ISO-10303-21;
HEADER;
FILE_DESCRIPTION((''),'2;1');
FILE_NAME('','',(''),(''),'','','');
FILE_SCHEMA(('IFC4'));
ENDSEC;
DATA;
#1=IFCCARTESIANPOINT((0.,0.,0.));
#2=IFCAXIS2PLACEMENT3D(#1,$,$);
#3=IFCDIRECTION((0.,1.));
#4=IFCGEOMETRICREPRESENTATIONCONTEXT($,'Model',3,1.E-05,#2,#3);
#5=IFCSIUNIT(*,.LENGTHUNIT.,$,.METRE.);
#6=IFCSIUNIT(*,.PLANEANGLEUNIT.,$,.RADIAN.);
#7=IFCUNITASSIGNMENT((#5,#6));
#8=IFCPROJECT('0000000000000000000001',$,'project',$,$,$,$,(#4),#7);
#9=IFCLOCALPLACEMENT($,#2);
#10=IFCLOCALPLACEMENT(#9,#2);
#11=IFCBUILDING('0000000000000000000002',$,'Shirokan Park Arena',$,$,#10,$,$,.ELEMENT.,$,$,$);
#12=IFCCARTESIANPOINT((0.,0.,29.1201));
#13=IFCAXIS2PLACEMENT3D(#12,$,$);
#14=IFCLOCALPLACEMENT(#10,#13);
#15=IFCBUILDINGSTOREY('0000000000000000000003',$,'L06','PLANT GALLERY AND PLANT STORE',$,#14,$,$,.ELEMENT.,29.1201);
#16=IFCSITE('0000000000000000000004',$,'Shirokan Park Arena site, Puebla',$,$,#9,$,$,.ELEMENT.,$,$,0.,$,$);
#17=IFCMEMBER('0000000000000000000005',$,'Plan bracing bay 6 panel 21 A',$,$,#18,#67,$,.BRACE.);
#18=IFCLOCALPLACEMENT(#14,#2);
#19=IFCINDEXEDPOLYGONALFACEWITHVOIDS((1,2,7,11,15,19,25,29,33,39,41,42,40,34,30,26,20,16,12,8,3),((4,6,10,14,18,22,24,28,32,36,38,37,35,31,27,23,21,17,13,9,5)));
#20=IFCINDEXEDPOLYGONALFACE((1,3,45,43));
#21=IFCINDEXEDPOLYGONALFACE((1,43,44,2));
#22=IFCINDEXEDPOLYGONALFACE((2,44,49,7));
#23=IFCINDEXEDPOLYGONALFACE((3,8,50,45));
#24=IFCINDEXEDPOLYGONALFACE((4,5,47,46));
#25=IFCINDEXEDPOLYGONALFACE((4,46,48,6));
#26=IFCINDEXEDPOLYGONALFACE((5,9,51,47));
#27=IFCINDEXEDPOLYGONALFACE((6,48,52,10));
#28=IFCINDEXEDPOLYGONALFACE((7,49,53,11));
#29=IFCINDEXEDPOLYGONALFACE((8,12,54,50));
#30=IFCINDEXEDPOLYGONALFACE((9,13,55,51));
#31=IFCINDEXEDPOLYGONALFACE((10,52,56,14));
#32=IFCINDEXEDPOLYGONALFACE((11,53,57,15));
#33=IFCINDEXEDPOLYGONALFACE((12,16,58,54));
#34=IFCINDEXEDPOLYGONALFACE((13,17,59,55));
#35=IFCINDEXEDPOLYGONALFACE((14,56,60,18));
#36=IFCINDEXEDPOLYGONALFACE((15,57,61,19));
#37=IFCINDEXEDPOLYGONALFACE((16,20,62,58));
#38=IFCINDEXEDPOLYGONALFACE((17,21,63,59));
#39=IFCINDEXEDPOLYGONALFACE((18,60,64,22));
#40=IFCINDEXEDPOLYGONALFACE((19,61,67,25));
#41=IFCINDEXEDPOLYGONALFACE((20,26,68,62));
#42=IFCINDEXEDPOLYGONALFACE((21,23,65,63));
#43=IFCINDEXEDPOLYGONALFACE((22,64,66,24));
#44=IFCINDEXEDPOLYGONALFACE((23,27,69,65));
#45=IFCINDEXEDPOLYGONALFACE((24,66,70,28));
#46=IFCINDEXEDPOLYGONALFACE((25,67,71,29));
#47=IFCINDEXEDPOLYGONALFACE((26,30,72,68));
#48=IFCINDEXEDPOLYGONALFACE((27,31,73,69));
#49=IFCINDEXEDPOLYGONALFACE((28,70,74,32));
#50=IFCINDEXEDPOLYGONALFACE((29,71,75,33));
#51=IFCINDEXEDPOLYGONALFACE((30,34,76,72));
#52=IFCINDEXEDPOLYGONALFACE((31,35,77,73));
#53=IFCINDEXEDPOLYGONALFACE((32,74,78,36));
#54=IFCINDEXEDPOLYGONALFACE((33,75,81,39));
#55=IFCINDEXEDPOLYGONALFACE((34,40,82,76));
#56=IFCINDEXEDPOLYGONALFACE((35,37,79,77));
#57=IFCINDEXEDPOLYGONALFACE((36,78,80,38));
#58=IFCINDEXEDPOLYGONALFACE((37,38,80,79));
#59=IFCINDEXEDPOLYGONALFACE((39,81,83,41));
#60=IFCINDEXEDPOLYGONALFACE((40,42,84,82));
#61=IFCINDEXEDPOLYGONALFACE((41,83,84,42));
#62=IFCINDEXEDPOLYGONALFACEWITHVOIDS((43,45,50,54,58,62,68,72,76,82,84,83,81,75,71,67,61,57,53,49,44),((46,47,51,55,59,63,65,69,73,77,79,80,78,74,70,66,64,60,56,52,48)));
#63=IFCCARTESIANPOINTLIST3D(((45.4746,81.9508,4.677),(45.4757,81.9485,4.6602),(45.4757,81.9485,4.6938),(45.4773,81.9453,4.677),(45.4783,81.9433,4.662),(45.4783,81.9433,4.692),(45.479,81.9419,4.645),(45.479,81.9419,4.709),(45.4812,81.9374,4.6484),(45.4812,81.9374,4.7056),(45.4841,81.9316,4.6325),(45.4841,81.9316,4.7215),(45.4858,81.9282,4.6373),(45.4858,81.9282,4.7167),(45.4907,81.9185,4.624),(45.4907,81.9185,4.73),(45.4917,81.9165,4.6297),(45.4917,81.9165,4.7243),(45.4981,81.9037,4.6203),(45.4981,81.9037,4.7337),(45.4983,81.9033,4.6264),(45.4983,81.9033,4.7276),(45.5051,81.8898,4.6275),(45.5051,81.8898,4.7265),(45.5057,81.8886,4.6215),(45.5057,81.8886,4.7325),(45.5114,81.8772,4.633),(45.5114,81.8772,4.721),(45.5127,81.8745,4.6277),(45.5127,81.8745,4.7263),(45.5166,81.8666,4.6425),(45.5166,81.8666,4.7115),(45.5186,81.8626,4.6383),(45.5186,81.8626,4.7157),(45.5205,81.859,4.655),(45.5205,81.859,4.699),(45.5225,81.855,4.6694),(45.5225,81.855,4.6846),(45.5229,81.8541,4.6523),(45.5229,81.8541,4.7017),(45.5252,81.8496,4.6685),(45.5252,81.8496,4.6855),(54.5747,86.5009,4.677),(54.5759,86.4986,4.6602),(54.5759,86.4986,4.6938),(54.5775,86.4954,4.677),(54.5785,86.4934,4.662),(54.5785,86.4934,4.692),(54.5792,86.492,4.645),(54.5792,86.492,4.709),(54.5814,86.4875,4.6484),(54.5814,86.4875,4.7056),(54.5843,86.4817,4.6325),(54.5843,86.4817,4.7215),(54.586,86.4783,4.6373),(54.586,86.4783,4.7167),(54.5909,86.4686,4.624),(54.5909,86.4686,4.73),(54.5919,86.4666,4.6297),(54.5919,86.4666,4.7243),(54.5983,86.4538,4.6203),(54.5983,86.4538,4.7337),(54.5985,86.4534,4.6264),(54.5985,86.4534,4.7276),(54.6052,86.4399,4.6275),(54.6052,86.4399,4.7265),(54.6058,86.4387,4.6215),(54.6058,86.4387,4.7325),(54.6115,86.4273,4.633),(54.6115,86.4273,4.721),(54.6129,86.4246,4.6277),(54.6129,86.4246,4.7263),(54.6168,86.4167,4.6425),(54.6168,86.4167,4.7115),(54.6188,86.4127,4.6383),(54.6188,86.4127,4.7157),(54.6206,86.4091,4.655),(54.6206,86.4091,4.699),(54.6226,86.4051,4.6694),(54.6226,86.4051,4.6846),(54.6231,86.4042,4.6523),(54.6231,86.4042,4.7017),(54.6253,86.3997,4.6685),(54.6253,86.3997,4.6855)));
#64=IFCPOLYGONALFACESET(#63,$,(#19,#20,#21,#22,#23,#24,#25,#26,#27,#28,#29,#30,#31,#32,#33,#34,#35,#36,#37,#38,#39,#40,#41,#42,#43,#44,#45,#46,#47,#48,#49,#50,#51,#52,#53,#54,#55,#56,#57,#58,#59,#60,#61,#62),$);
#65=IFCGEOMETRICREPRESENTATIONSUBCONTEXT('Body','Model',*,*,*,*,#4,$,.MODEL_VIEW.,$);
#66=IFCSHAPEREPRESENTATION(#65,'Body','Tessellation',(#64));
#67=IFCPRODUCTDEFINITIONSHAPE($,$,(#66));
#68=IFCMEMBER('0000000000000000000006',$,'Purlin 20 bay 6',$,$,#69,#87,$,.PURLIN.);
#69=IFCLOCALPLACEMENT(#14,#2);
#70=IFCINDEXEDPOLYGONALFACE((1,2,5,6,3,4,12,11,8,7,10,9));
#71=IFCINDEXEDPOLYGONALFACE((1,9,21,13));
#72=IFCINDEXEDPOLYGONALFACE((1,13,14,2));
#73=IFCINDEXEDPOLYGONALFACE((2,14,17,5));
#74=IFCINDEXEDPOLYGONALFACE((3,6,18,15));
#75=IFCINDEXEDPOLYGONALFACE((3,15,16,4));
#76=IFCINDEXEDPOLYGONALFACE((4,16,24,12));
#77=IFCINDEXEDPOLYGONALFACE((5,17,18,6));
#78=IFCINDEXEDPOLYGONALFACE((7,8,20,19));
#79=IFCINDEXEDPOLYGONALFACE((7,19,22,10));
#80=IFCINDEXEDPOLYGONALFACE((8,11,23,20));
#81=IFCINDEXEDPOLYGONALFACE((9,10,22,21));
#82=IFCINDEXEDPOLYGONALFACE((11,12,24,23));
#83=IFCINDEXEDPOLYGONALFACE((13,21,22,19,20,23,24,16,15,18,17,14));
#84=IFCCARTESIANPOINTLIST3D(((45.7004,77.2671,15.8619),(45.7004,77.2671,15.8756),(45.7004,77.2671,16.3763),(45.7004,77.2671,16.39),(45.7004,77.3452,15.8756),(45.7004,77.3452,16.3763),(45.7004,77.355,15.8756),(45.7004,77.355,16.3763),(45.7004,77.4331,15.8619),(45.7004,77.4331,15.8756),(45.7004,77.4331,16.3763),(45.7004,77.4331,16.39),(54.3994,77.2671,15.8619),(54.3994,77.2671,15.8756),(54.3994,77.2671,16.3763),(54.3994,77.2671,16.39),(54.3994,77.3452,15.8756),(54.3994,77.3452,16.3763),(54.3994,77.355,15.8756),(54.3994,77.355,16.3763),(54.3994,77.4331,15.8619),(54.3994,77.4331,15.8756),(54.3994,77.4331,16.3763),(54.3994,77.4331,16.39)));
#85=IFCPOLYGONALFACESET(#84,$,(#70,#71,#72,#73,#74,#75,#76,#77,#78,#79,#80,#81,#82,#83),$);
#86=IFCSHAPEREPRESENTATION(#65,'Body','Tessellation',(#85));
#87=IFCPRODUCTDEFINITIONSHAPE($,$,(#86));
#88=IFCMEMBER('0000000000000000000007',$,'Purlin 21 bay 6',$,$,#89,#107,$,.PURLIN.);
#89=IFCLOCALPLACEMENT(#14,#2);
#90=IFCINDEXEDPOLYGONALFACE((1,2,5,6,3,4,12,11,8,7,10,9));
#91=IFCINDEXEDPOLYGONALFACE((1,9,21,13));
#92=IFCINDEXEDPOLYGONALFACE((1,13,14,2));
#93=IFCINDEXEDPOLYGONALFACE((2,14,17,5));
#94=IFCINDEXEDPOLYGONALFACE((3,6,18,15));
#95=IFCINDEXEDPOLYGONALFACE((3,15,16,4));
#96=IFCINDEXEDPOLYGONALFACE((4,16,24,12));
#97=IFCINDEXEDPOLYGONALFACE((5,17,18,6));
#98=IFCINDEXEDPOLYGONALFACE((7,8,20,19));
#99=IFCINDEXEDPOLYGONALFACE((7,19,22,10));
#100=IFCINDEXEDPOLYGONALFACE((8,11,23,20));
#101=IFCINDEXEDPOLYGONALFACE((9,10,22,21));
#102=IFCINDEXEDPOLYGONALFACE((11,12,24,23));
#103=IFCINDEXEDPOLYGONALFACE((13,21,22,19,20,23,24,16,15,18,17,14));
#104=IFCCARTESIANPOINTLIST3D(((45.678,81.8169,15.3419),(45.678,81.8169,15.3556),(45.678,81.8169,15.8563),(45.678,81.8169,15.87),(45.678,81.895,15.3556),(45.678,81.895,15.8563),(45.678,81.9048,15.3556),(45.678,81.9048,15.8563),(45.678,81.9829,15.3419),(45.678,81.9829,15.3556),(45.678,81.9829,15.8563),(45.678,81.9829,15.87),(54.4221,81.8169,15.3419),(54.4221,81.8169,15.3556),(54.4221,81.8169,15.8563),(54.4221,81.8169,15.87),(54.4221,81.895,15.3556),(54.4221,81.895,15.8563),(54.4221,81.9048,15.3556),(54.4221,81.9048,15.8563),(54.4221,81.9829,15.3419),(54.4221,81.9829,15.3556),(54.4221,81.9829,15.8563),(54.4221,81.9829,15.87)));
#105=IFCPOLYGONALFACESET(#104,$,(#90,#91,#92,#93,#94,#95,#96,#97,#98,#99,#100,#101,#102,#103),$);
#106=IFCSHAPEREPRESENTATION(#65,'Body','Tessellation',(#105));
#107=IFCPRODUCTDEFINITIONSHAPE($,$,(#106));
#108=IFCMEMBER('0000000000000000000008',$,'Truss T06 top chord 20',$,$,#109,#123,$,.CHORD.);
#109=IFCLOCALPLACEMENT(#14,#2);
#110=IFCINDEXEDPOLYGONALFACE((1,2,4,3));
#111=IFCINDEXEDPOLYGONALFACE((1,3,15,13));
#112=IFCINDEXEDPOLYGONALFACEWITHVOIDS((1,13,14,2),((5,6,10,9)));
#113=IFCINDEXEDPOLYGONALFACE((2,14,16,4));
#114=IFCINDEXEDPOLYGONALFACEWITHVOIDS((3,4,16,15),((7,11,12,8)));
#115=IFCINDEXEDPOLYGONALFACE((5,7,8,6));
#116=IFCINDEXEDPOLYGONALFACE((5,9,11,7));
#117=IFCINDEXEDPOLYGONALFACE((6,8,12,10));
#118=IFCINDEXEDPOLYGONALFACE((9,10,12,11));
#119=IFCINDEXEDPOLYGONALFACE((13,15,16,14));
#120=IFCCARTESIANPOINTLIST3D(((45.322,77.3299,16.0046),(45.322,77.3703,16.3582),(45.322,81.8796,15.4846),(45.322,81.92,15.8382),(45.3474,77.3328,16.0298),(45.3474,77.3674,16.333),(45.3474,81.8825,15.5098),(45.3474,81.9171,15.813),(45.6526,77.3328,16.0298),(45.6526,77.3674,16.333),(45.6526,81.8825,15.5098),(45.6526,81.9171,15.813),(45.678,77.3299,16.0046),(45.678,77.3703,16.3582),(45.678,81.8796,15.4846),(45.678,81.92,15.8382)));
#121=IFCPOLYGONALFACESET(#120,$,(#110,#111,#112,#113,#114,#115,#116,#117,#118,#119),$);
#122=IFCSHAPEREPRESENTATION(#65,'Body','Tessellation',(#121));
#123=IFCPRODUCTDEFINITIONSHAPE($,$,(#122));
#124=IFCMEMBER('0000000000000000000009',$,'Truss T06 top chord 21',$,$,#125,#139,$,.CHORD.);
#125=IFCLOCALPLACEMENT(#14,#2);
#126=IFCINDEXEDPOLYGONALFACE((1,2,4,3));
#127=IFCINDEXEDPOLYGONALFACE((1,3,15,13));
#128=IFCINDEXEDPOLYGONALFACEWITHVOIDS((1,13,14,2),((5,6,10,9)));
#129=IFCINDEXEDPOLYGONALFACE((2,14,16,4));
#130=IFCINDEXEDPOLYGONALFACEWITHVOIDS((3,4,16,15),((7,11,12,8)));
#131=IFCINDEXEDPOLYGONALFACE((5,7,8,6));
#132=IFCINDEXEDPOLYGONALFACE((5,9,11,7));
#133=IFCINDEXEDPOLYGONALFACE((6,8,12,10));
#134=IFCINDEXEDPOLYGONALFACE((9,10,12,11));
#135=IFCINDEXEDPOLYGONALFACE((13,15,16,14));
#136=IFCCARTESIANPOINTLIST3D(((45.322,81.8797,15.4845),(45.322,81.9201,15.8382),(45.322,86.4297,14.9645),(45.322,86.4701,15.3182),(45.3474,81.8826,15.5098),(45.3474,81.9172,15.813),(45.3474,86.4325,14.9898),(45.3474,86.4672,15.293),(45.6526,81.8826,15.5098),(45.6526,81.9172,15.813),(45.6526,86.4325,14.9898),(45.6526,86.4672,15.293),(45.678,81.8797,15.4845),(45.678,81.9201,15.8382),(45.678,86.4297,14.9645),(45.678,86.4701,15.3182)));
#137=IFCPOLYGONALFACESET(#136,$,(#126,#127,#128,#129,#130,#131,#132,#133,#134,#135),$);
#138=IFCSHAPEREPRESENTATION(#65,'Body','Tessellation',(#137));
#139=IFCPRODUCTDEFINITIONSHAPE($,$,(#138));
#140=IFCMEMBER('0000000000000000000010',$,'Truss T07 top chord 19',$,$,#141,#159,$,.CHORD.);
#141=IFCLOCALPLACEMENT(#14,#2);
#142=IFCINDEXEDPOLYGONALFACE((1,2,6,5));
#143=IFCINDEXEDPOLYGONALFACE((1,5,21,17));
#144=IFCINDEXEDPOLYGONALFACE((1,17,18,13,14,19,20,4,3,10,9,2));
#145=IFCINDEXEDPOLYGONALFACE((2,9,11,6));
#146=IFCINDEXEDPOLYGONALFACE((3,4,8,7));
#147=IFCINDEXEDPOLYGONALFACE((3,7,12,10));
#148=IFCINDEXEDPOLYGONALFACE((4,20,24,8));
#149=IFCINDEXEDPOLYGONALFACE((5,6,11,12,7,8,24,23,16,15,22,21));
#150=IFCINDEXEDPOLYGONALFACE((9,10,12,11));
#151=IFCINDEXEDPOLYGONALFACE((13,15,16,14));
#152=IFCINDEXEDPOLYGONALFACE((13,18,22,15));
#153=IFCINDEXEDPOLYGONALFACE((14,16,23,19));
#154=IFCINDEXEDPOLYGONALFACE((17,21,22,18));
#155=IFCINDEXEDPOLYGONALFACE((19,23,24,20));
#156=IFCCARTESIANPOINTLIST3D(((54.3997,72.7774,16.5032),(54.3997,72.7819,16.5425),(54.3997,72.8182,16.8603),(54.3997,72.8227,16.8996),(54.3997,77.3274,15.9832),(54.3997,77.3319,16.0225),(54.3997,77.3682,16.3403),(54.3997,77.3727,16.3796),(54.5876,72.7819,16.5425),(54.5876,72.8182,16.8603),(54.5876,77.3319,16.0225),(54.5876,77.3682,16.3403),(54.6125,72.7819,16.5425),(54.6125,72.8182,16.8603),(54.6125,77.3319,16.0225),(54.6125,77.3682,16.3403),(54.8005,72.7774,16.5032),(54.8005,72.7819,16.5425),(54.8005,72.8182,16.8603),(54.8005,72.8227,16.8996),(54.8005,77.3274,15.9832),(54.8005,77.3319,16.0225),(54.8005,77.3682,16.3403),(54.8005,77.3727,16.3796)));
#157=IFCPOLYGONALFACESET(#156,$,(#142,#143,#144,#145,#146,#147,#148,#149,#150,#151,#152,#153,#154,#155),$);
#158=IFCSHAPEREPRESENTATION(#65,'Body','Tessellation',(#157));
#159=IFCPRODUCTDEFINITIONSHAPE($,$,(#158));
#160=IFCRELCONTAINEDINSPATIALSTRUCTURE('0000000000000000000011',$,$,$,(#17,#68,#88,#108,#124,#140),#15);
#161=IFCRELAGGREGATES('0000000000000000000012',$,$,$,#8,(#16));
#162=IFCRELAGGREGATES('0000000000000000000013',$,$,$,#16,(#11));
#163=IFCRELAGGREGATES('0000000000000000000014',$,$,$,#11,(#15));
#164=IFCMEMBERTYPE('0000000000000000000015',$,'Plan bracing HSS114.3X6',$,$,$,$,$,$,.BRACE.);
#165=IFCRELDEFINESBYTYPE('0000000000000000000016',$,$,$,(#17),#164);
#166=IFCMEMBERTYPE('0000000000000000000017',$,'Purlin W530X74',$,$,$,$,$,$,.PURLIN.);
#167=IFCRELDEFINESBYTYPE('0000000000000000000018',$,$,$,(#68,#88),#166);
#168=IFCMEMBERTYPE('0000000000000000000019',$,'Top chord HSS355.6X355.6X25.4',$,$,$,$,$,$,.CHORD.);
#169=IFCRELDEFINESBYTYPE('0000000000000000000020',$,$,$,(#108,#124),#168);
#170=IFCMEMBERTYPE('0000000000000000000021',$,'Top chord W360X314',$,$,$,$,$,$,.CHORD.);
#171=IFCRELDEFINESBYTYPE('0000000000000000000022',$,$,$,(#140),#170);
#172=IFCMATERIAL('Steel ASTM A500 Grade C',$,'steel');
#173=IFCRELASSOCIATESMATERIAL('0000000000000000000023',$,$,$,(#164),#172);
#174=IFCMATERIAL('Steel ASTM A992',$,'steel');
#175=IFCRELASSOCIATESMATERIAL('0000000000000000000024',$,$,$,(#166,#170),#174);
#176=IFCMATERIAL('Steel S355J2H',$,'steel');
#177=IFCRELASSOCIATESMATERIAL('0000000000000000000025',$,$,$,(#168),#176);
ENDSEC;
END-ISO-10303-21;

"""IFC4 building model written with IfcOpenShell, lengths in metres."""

from ifc_helpers import new_model, si_unit, direction, frame, origin, origin_2d, place, context, subcontext, project, spatial, hollow_rectangle, hollow_circle, i_section, extrude, material, material_profile, profile_set, type_object, element, save


model = new_model("IFC4")

# Units and contexts
model_context = context("Model", 3, precision=1e-05, world=origin(), true_north=direction((0.0, 1.0)))
body_context = subcontext(model_context, "Body", "Model", "MODEL_VIEW")
ifc_project = project(units=[si_unit("LENGTHUNIT", "METRE"), si_unit("PLANEANGLEUNIT", "RADIAN")], contexts=[model_context])

# Site, building, storey
site_placement = place(None, origin())
site = spatial("IfcSite", under=ifc_project, at=site_placement, Name="Shirokan Park Arena site, Puebla", CompositionType="ELEMENT", RefElevation=0.0)
building_placement = place(site_placement, origin())
building = spatial("IfcBuilding", under=site, at=building_placement, Name="Shirokan Park Arena", CompositionType="ELEMENT")
storey_placement = place(building_placement, frame((0.0, 0.0, 29.1201)))
storey = spatial("IfcBuildingStorey", under=building, at=storey_placement, Name="L06", Description="PLANT GALLERY AND PLANT STORE", CompositionType="ELEMENT", Elevation=29.1201)

# Members
ifc_material_1 = material(Name="Steel S355J2H", Category="steel")
ifc_material_2 = material(Name="Steel ASTM A992", Category="steel")
ifc_material_3 = material(Name="Steel ASTM A500 Grade C", Category="steel")
ifc_material_profile_1 = material_profile(ifc_material_3, hollow_circle(Radius=0.0569, WallThickness=0.0061, at=origin_2d()), Name="HSS114.3X6")
ifc_profile_set_1 = profile_set([ifc_material_profile_1], Name="Steel ASTM A500 Grade C")
member_type_1 = type_object("IfcMemberType", Name="Plan bracing HSS114.3X6", PredefinedType="BRACE", material=ifc_profile_set_1)
member_1_placement = place(storey_placement, frame((45.5, 81.8999, 4.677), z_axis=(0.894427, 0.447214, 0.0), x_axis=(-0.447214, 0.894427, 0.0)))
element("IfcMember", 1, at=member_1_placement, inside=storey, type_object=member_type_1, Name="Plan bracing bay 6 panel 21 A", PredefinedType="BRACE", context=body_context, shape_type="SweptSolid", body=[
    extrude(hollow_circle(Radius=0.0569, WallThickness=0.0061, at=origin_2d()), origin(), (0.0, 0.0, 1.0), 10.1743),
])
ifc_material_profile_2 = material_profile(ifc_material_2, i_section(OverallWidth=0.166, OverallDepth=0.5281, WebThickness=0.0098, FlangeThickness=0.0137, at=origin_2d()), Name="W530X74")
ifc_profile_set_2 = profile_set([ifc_material_profile_2], Name="Steel ASTM A992")
member_type_2 = type_object("IfcMemberType", Name="Purlin W530X74", PredefinedType="PURLIN", material=ifc_profile_set_2)
member_2_placement = place(storey_placement, frame((45.7004, 77.3501, 16.126), z_axis=(1.0, 0.0, 0.0), x_axis=(0.0, 1.0, 0.0)))
element("IfcMember", 2, at=member_2_placement, inside=storey, type_object=member_type_2, Name="Purlin 20 bay 6", PredefinedType="PURLIN", context=body_context, shape_type="SweptSolid", body=[
    extrude(i_section(OverallWidth=0.166, OverallDepth=0.5281, WebThickness=0.0098, FlangeThickness=0.0137, at=origin_2d()), origin(), (0.0, 0.0, 1.0), 8.699),
])
member_3_placement = place(storey_placement, frame((45.678, 81.8999, 15.606), z_axis=(1.0, 0.0, 0.0), x_axis=(0.0, 1.0, 0.0)))
element("IfcMember", 3, at=member_3_placement, inside=storey, type_object=member_type_2, Name="Purlin 21 bay 6", PredefinedType="PURLIN", context=body_context, shape_type="SweptSolid", body=[
    extrude(i_section(OverallWidth=0.166, OverallDepth=0.5281, WebThickness=0.0098, FlangeThickness=0.0137, at=origin_2d()), origin(), (0.0, 0.0, 1.0), 8.7441),
])
ifc_material_profile_3 = material_profile(ifc_material_1, hollow_rectangle(XDim=0.356, YDim=0.356, WallThickness=0.0254, at=origin_2d()), Name="HSS355.6X355.6X25.4")
ifc_profile_set_3 = profile_set([ifc_material_profile_3], Name="Steel S355J2H")
member_type_3 = type_object("IfcMemberType", Name="Top chord HSS355.6X355.6X25.4", PredefinedType="CHORD", material=ifc_profile_set_3)
member_4_placement = place(storey_placement, frame((45.5, 77.3501, 16.1814), z_axis=(0.0, 0.993532, -0.113556), x_axis=(-1.0, 0.0, 0.0)))
element("IfcMember", 4, at=member_4_placement, inside=storey, type_object=member_type_3, Name="Truss T06 top chord 20", PredefinedType="CHORD", context=body_context, shape_type="SweptSolid", body=[
    extrude(hollow_rectangle(XDim=0.356, YDim=0.356, WallThickness=0.0254, at=origin_2d()), origin(), (0.0, 0.0, 1.0), 4.5793),
])
member_5_placement = place(storey_placement, frame((45.5, 81.8999, 15.6614), z_axis=(0.0, 0.993532, -0.11355), x_axis=(-1.0, 0.0, 0.0)))
element("IfcMember", 5, at=member_5_placement, inside=storey, type_object=member_type_3, Name="Truss T06 top chord 21", PredefinedType="CHORD", context=body_context, shape_type="SweptSolid", body=[
    extrude(hollow_rectangle(XDim=0.356, YDim=0.356, WallThickness=0.0254, at=origin_2d()), origin(), (0.0, 0.0, 1.0), 4.5796),
])
ifc_material_profile_4 = material_profile(ifc_material_2, i_section(OverallWidth=0.4009, OverallDepth=0.3989, WebThickness=0.0249, FlangeThickness=0.0396, at=origin_2d()), Name="W360X314")
ifc_profile_set_4 = profile_set([ifc_material_profile_4], Name="Steel ASTM A992")
member_type_4 = type_object("IfcMemberType", Name="Top chord W360X314", PredefinedType="CHORD", material=ifc_profile_set_4)
member_6_placement = place(storey_placement, frame((54.6001, 72.8, 16.7014), z_axis=(0.0, 0.993532, -0.11355), x_axis=(-1.0, 0.0, 0.0)))
element("IfcMember", 6, at=member_6_placement, inside=storey, type_object=member_type_4, Name="Truss T07 top chord 19", PredefinedType="CHORD", context=body_context, shape_type="SweptSolid", body=[
    extrude(i_section(OverallWidth=0.4009, OverallDepth=0.3989, WebThickness=0.0249, FlangeThickness=0.0396, at=origin_2d()), origin(), (0.0, 0.0, 1.0), 4.5796),
])

save(model, "model.ifc")
